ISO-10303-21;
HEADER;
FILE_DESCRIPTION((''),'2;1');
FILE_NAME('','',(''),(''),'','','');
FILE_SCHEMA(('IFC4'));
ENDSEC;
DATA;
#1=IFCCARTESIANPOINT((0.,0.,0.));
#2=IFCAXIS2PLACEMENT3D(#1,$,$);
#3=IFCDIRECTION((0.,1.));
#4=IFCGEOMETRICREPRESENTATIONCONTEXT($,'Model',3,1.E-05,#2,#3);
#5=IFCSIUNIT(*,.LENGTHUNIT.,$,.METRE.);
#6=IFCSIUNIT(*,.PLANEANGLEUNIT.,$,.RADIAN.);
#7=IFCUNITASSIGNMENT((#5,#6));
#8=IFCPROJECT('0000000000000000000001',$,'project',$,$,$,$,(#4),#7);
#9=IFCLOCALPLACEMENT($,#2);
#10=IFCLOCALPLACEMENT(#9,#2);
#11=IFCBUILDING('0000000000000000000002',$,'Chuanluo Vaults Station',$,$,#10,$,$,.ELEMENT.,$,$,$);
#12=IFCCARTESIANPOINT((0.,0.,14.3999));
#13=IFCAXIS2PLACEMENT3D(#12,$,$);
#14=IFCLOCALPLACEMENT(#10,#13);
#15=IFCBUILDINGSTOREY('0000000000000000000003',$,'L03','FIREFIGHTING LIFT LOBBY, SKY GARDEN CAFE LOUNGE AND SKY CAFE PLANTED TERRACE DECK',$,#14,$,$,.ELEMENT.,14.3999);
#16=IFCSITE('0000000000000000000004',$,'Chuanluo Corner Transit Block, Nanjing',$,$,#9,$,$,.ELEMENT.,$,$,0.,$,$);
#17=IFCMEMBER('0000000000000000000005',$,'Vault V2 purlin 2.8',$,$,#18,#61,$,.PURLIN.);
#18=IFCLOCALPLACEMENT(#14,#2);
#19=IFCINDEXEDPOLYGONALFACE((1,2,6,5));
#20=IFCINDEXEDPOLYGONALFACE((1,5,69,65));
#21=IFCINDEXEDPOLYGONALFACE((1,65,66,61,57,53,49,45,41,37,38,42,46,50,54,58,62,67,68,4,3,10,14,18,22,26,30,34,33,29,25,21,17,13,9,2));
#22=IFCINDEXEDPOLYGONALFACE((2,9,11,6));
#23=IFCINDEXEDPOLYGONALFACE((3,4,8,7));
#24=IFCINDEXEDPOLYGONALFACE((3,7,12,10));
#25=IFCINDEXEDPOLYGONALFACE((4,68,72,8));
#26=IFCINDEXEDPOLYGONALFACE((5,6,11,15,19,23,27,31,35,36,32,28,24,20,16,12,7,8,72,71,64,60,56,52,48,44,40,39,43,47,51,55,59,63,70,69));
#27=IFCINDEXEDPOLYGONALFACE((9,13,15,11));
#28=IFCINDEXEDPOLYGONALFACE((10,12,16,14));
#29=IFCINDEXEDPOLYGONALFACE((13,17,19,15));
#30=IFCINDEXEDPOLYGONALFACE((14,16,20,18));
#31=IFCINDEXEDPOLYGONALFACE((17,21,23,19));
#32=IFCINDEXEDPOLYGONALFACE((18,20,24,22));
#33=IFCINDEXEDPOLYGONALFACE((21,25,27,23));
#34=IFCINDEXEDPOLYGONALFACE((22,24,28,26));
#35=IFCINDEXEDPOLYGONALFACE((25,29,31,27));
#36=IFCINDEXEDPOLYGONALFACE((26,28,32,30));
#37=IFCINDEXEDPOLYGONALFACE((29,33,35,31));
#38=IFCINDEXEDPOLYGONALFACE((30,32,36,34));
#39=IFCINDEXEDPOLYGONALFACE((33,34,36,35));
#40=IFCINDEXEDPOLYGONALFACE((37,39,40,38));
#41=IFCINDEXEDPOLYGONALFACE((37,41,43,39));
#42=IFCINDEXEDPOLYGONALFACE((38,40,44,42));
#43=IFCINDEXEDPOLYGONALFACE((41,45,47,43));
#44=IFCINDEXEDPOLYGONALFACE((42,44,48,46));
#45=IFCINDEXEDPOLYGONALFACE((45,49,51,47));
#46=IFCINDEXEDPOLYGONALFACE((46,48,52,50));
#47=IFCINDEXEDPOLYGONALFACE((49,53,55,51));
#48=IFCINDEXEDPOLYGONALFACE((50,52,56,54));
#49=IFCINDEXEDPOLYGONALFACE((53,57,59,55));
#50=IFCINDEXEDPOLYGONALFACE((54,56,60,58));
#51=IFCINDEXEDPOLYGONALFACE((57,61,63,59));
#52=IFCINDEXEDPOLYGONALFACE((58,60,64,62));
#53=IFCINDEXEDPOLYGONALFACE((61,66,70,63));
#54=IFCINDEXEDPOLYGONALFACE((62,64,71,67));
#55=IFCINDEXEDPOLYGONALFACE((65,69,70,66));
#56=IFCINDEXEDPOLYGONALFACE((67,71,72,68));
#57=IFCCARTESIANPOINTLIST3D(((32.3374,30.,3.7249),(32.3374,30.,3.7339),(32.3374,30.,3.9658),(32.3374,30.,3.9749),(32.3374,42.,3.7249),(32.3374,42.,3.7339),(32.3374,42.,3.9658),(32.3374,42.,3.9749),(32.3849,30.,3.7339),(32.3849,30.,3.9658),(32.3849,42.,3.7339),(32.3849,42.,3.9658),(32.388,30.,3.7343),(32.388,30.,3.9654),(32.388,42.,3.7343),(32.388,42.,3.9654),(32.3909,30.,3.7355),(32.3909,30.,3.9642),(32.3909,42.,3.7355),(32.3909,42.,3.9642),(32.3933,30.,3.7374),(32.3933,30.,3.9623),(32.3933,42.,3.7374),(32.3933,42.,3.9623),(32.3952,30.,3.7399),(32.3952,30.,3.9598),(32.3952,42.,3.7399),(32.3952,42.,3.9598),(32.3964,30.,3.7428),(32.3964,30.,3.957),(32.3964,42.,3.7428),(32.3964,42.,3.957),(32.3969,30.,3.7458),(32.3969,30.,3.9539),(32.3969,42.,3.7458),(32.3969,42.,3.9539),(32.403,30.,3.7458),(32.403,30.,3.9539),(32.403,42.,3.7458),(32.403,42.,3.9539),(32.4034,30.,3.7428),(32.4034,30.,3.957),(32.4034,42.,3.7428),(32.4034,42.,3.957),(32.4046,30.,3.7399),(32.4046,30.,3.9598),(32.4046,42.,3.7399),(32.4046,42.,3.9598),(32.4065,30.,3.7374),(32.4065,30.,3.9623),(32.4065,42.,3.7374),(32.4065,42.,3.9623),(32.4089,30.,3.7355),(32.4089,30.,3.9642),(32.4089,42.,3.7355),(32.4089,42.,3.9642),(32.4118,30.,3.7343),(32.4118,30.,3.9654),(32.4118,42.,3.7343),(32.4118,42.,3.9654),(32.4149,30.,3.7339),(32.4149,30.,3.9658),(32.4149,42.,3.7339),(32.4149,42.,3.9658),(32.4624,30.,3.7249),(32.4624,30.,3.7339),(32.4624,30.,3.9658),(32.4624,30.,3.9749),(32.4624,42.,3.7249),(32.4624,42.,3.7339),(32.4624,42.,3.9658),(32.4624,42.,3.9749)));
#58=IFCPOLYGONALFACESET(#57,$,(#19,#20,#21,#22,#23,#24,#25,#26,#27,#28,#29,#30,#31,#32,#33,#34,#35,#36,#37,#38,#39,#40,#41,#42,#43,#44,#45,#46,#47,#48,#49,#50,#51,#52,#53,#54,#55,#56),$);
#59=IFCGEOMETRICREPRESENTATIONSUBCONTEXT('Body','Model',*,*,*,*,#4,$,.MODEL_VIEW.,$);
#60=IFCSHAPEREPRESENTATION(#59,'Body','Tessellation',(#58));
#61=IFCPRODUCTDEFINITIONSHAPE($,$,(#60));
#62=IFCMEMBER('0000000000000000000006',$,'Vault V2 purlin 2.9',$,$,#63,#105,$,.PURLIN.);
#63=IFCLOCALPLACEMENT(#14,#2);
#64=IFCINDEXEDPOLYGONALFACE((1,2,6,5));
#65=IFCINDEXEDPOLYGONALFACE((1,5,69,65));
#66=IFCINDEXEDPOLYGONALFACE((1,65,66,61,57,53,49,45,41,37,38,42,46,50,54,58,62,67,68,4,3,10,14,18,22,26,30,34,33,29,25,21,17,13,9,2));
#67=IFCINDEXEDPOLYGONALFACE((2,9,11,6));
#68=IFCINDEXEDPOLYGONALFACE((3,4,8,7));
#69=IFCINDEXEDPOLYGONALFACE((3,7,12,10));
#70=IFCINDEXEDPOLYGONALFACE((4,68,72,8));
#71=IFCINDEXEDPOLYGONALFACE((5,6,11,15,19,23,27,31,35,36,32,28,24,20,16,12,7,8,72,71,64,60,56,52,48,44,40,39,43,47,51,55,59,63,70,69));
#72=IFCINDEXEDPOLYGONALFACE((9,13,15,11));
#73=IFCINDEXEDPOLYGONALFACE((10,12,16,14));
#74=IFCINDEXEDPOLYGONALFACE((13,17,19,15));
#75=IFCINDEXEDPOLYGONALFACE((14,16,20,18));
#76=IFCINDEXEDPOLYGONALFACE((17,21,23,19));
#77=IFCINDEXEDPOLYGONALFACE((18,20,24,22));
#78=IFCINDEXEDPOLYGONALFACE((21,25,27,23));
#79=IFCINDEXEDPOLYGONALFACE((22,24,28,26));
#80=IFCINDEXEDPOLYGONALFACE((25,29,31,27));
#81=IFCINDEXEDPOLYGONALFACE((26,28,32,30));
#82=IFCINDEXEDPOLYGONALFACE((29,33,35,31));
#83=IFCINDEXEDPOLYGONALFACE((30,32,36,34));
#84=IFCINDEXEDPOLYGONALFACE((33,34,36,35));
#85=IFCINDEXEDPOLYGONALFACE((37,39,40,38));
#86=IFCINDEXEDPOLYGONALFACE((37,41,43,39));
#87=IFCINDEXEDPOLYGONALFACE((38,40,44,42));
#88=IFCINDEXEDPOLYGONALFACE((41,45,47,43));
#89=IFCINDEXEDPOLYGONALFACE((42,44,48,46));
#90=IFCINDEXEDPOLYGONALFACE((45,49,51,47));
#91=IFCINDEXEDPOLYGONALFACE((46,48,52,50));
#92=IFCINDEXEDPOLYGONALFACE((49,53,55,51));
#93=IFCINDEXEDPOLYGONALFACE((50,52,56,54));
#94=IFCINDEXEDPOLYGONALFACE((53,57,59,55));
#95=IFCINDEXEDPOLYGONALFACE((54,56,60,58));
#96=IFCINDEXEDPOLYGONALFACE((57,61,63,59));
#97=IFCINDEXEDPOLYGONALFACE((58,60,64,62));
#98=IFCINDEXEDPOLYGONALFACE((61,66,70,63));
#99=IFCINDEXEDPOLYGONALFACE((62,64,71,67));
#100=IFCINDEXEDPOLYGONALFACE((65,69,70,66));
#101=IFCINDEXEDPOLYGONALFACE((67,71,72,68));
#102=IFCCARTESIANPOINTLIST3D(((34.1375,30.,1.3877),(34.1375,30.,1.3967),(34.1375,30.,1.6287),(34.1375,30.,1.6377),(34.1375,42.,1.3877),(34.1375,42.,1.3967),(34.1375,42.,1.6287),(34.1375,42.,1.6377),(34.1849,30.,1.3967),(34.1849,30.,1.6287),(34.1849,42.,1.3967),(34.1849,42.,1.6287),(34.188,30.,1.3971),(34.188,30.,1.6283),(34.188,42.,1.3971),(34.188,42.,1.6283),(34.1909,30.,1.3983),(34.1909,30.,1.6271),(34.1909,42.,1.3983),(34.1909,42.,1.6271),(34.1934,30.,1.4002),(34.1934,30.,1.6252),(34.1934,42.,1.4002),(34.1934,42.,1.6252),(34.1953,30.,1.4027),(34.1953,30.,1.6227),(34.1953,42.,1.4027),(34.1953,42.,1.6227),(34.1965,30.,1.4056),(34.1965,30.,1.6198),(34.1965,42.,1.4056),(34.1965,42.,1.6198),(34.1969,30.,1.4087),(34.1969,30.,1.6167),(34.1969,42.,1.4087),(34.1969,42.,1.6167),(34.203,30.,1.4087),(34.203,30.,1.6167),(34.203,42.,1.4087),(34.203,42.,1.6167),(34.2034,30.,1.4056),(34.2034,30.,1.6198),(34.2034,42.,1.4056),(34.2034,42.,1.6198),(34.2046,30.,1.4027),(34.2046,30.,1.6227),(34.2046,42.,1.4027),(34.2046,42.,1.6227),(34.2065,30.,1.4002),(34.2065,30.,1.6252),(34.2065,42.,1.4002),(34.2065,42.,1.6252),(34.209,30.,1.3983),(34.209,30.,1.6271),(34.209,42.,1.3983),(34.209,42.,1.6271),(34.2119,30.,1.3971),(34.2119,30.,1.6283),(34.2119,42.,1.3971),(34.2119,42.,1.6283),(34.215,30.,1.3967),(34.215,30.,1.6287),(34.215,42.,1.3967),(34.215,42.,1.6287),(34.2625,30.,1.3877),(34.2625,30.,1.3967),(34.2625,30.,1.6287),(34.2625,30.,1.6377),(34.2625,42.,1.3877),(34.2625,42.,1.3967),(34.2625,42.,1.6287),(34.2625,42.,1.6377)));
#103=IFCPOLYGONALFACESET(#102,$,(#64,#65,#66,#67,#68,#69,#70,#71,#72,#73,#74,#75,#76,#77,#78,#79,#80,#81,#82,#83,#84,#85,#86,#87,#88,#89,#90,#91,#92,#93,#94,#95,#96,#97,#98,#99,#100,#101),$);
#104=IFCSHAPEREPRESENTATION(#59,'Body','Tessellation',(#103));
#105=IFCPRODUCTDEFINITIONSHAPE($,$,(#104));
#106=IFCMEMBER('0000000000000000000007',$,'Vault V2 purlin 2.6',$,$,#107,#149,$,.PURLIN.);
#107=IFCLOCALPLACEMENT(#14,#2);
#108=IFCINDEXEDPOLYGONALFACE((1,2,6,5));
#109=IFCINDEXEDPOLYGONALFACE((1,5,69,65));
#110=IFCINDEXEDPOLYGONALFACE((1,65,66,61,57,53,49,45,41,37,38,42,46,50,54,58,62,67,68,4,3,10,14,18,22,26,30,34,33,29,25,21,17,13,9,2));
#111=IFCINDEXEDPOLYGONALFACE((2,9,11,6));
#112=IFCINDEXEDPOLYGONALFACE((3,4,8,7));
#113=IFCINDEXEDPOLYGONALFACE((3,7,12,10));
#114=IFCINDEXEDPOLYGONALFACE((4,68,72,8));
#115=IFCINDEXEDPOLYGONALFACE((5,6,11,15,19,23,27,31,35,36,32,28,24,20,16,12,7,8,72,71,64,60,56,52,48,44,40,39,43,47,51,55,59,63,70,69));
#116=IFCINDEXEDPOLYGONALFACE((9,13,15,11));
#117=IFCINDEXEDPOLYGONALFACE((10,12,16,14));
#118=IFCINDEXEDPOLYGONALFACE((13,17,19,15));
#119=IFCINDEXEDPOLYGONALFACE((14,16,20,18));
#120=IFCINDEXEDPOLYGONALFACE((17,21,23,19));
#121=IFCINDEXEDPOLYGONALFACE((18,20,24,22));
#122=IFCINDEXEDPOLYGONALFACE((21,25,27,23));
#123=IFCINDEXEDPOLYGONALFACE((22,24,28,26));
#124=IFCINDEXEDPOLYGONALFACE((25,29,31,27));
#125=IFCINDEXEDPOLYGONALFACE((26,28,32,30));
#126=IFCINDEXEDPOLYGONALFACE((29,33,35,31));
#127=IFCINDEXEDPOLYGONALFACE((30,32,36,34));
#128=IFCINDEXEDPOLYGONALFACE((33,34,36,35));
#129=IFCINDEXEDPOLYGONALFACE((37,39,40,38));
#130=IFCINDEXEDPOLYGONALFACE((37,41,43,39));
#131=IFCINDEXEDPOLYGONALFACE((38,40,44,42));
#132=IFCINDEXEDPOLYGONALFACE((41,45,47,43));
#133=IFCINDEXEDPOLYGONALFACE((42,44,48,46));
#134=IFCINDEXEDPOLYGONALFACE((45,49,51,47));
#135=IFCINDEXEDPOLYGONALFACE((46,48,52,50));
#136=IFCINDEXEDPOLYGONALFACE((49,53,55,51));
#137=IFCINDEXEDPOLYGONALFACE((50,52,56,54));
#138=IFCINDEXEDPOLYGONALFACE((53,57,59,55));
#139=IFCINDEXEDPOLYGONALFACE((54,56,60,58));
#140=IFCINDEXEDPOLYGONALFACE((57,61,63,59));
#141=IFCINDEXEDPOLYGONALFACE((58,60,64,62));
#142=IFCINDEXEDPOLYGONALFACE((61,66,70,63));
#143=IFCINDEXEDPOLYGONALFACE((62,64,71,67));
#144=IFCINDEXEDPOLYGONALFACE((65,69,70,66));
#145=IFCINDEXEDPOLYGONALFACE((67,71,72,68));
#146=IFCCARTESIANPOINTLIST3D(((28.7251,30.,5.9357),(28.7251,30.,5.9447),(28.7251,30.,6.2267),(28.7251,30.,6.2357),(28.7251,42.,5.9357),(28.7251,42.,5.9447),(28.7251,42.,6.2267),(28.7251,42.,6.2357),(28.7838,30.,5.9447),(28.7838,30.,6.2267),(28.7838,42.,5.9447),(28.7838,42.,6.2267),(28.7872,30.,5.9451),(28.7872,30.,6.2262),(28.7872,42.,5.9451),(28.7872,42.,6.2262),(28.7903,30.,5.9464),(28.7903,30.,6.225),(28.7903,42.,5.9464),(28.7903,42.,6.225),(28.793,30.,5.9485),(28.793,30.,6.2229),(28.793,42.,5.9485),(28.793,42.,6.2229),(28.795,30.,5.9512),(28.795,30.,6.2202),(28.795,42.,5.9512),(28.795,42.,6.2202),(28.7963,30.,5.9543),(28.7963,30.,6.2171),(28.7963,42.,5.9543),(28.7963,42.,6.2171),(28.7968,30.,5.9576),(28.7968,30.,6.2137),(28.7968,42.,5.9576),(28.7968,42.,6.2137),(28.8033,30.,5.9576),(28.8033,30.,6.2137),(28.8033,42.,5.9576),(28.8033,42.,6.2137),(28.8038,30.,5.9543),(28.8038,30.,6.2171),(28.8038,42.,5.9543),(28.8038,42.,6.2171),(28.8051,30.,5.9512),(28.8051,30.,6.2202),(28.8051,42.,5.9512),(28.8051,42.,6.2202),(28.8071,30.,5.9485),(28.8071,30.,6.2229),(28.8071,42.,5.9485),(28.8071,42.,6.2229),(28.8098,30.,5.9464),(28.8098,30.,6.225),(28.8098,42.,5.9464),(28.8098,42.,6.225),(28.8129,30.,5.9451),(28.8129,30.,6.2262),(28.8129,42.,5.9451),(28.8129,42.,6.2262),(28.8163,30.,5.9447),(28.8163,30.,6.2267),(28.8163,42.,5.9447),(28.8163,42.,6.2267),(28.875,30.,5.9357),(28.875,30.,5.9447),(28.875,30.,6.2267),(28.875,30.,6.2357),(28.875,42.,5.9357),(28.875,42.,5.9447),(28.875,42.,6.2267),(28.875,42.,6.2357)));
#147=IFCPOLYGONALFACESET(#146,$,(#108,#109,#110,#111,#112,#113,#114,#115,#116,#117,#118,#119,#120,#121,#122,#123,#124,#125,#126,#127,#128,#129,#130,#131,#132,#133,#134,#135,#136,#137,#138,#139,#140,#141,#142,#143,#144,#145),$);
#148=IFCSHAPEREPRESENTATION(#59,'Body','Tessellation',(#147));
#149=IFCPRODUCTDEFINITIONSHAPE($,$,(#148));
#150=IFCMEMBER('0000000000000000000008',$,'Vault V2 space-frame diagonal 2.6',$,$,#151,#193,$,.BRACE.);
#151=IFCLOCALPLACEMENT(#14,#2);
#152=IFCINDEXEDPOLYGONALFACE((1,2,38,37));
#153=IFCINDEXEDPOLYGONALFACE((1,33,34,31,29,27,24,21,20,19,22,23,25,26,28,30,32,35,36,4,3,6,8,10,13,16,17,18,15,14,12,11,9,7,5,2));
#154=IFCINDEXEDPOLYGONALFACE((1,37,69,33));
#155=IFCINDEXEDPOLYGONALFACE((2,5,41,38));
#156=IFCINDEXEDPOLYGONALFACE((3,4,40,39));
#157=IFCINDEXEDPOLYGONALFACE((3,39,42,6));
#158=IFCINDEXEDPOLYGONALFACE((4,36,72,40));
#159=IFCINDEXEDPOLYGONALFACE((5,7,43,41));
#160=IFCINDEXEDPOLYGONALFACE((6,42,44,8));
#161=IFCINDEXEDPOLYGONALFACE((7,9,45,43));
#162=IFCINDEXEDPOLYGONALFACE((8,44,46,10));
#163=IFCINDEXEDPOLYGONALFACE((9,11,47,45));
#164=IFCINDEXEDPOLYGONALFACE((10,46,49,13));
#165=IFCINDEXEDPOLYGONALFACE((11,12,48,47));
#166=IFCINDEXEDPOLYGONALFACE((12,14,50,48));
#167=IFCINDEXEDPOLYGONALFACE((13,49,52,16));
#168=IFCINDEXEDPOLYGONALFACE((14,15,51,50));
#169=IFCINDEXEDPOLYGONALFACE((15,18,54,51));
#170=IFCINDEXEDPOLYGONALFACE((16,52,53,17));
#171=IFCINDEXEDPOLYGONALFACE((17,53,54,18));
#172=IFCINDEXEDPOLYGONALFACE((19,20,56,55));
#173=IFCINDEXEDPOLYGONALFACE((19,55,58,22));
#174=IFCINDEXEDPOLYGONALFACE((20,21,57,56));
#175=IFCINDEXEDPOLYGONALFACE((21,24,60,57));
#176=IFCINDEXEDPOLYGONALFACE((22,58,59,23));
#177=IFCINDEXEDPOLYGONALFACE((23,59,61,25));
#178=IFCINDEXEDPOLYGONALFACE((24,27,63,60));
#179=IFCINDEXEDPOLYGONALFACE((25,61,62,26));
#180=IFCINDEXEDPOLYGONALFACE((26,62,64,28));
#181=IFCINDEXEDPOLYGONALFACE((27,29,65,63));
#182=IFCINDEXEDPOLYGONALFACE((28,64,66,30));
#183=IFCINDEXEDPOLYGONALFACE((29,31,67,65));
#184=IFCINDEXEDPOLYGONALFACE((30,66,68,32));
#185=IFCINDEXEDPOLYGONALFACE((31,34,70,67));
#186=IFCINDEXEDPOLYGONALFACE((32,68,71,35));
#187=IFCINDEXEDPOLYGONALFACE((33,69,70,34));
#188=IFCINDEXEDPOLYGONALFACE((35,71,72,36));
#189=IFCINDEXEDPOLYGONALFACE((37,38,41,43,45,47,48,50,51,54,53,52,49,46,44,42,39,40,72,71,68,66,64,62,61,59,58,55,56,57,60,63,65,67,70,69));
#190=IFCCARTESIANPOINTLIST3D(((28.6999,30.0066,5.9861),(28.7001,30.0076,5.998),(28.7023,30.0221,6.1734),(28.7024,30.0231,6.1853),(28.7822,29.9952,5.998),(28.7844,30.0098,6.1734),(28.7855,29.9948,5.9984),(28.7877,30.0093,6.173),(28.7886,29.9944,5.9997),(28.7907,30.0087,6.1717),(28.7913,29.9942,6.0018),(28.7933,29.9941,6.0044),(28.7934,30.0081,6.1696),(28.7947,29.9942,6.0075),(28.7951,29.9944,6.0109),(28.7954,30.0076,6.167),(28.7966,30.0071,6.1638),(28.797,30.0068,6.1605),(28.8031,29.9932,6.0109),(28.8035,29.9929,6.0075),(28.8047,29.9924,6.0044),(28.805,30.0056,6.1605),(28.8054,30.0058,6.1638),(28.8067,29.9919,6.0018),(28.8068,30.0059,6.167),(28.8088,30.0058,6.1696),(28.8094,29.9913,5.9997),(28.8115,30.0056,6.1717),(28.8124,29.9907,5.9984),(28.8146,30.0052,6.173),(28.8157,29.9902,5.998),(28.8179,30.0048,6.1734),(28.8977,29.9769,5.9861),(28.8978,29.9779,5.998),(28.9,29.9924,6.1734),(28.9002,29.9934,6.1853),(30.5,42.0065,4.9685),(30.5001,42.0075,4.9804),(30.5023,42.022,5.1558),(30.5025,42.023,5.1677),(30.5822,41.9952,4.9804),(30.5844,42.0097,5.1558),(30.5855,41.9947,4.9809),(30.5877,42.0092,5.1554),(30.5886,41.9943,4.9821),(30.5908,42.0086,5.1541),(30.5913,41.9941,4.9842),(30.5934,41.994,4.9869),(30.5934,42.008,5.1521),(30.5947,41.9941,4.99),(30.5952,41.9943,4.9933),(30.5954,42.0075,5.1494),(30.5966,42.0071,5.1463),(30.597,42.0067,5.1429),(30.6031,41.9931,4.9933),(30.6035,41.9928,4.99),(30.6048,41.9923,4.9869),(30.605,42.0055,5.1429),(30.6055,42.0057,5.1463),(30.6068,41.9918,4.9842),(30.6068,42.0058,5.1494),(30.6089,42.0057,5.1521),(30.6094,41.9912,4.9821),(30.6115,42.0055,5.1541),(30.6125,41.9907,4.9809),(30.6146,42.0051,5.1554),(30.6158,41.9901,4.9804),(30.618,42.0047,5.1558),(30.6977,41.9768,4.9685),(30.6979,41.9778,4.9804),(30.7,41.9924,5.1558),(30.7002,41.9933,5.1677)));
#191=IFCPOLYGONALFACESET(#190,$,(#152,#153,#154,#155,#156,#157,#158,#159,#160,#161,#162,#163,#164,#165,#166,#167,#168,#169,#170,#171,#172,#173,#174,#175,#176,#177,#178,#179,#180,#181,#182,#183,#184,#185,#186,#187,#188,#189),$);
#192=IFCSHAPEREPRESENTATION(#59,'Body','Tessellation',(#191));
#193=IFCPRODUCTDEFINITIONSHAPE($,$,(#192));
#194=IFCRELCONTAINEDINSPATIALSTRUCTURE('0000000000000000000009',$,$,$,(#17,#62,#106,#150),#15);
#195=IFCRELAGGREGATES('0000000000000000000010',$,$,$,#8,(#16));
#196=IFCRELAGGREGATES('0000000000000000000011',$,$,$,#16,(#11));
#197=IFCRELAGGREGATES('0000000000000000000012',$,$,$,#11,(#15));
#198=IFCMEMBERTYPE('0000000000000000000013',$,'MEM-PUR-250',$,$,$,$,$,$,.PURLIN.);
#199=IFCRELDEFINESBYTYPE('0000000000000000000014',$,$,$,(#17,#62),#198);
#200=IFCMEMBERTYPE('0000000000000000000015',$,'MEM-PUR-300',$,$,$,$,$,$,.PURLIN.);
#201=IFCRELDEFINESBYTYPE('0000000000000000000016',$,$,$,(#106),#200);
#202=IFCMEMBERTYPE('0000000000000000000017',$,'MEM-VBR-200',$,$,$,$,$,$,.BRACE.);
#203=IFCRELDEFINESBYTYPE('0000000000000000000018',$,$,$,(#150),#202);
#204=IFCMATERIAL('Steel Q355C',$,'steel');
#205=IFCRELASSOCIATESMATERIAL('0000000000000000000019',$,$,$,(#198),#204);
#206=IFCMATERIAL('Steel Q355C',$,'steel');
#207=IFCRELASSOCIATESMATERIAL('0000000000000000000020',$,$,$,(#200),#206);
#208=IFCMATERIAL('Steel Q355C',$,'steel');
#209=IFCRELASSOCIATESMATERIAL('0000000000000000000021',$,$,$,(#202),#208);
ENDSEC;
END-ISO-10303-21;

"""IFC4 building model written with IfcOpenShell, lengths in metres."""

from ifc_helpers import new_model, si_unit, direction, frame, origin, origin_2d, place, context, subcontext, project, spatial, i_section, extrude, material, material_profile, profile_set, type_object, element, save


model = new_model("IFC4")

# Units and contexts
model_context = context("Model", 3, precision=1e-05, world=origin(), true_north=direction((0.0, 1.0)))
body_context = subcontext(model_context, "Body", "Model", "MODEL_VIEW")
ifc_project = project(units=[si_unit("LENGTHUNIT", "METRE"), si_unit("PLANEANGLEUNIT", "RADIAN")], contexts=[model_context])

# Site, building, storey
site_placement = place(None, origin())
site = spatial("IfcSite", under=ifc_project, at=site_placement, Name="Chuanluo Corner Transit Block, Nanjing", CompositionType="ELEMENT", RefElevation=0.0)
building_placement = place(site_placement, origin())
building = spatial("IfcBuilding", under=site, at=building_placement, Name="Chuanluo Vaults Station", CompositionType="ELEMENT")
storey_placement = place(building_placement, frame((0.0, 0.0, 14.3999)))
storey = spatial("IfcBuildingStorey", under=building, at=storey_placement, Name="L03", Description="FIREFIGHTING LIFT LOBBY, SKY GARDEN CAFE LOUNGE AND SKY CAFE PLANTED TERRACE DECK", CompositionType="ELEMENT", Elevation=14.3999)

# Members
ifc_material_1 = material(Name="Steel Q355C", Category="steel")
ifc_material_profile_1 = material_profile(ifc_material_1, i_section(OverallWidth=0.125, OverallDepth=0.25, WebThickness=0.0061, FlangeThickness=0.009, FilletRadius=0.012, at=origin_2d()))
ifc_profile_set_1 = profile_set([ifc_material_profile_1], Name="Steel Q355C")
member_type_1 = type_object("IfcMemberType", Name="MEM-PUR-250", PredefinedType="PURLIN", material=ifc_profile_set_1)
for number, where, z_axis, x_axis, name in (
    (1, (32.3999, 30.0, 3.8499), (0.0, 1.0, 0.0), (-1.0, 0.0, 0.0), "Vault V2 purlin 2.8"),
    (2, (34.2, 30.0, 1.5127), (0.0, 1.0, 0.0), (-1.0, 0.0, 0.0), "Vault V2 purlin 2.9"),
):
    element("IfcMember", number, at=place(storey_placement, frame(where, z_axis=z_axis, x_axis=x_axis)), inside=storey, type_object=member_type_1, Name=name, PredefinedType="PURLIN", context=body_context, shape_type="SweptSolid", body=[
        extrude(i_section(OverallWidth=0.125, OverallDepth=0.25, WebThickness=0.0061, FlangeThickness=0.009, FilletRadius=0.012, at=origin_2d()), origin(), (0.0, 0.0, 1.0), 12.0),
    ])
ifc_material_2 = material(Name="Steel Q355C", Category="steel")
ifc_material_profile_2 = material_profile(ifc_material_2, i_section(OverallWidth=0.1499, OverallDepth=0.3, WebThickness=0.0066, FlangeThickness=0.009, FilletRadius=0.0129, at=origin_2d()))
ifc_profile_set_2 = profile_set([ifc_material_profile_2], Name="Steel Q355C")
member_type_2 = type_object("IfcMemberType", Name="MEM-PUR-300", PredefinedType="PURLIN", material=ifc_profile_set_2)
member_1_placement = place(storey_placement, frame((28.8, 30.0, 6.0857), z_axis=(0.0, 1.0, 0.0), x_axis=(-1.0, 0.0, 0.0)))
element("IfcMember", 3, at=member_1_placement, inside=storey, type_object=member_type_2, Name="Vault V2 purlin 2.6", PredefinedType="PURLIN", context=body_context, shape_type="SweptSolid", body=[
    extrude(i_section(OverallWidth=0.1499, OverallDepth=0.3, WebThickness=0.0066, FlangeThickness=0.009, FilletRadius=0.0129, at=origin_2d()), origin(), (0.0, 0.0, 1.0), 12.0),
])
ifc_material_3 = material(Name="Steel Q355C", Category="steel")
ifc_material_profile_3 = material_profile(ifc_material_3, i_section(OverallWidth=0.2, OverallDepth=0.2, WebThickness=0.0081, FlangeThickness=0.012, FilletRadius=0.0129, at=origin_2d()))
ifc_profile_set_3 = profile_set([ifc_material_profile_3], Name="Steel Q355C")
member_type_3 = type_object("IfcMemberType", Name="MEM-VBR-200", PredefinedType="BRACE", material=ifc_profile_set_3)
member_2_placement = place(storey_placement, frame((28.8, 30.0, 6.0857), z_axis=(0.147826, 0.985477, -0.083567), x_axis=(-0.988936, 0.148344, 0.0)))
element("IfcMember", 4, at=member_2_placement, inside=storey, type_object=member_type_3, Name="Vault V2 space-frame diagonal 2.6", PredefinedType="BRACE", context=body_context, shape_type="SweptSolid", body=[
    extrude(i_section(OverallWidth=0.2, OverallDepth=0.2, WebThickness=0.0081, FlangeThickness=0.012, FilletRadius=0.0129, at=origin_2d()), origin(), (0.0, 0.0, 1.0), 12.1768),
])

save(model, "model.ifc")
